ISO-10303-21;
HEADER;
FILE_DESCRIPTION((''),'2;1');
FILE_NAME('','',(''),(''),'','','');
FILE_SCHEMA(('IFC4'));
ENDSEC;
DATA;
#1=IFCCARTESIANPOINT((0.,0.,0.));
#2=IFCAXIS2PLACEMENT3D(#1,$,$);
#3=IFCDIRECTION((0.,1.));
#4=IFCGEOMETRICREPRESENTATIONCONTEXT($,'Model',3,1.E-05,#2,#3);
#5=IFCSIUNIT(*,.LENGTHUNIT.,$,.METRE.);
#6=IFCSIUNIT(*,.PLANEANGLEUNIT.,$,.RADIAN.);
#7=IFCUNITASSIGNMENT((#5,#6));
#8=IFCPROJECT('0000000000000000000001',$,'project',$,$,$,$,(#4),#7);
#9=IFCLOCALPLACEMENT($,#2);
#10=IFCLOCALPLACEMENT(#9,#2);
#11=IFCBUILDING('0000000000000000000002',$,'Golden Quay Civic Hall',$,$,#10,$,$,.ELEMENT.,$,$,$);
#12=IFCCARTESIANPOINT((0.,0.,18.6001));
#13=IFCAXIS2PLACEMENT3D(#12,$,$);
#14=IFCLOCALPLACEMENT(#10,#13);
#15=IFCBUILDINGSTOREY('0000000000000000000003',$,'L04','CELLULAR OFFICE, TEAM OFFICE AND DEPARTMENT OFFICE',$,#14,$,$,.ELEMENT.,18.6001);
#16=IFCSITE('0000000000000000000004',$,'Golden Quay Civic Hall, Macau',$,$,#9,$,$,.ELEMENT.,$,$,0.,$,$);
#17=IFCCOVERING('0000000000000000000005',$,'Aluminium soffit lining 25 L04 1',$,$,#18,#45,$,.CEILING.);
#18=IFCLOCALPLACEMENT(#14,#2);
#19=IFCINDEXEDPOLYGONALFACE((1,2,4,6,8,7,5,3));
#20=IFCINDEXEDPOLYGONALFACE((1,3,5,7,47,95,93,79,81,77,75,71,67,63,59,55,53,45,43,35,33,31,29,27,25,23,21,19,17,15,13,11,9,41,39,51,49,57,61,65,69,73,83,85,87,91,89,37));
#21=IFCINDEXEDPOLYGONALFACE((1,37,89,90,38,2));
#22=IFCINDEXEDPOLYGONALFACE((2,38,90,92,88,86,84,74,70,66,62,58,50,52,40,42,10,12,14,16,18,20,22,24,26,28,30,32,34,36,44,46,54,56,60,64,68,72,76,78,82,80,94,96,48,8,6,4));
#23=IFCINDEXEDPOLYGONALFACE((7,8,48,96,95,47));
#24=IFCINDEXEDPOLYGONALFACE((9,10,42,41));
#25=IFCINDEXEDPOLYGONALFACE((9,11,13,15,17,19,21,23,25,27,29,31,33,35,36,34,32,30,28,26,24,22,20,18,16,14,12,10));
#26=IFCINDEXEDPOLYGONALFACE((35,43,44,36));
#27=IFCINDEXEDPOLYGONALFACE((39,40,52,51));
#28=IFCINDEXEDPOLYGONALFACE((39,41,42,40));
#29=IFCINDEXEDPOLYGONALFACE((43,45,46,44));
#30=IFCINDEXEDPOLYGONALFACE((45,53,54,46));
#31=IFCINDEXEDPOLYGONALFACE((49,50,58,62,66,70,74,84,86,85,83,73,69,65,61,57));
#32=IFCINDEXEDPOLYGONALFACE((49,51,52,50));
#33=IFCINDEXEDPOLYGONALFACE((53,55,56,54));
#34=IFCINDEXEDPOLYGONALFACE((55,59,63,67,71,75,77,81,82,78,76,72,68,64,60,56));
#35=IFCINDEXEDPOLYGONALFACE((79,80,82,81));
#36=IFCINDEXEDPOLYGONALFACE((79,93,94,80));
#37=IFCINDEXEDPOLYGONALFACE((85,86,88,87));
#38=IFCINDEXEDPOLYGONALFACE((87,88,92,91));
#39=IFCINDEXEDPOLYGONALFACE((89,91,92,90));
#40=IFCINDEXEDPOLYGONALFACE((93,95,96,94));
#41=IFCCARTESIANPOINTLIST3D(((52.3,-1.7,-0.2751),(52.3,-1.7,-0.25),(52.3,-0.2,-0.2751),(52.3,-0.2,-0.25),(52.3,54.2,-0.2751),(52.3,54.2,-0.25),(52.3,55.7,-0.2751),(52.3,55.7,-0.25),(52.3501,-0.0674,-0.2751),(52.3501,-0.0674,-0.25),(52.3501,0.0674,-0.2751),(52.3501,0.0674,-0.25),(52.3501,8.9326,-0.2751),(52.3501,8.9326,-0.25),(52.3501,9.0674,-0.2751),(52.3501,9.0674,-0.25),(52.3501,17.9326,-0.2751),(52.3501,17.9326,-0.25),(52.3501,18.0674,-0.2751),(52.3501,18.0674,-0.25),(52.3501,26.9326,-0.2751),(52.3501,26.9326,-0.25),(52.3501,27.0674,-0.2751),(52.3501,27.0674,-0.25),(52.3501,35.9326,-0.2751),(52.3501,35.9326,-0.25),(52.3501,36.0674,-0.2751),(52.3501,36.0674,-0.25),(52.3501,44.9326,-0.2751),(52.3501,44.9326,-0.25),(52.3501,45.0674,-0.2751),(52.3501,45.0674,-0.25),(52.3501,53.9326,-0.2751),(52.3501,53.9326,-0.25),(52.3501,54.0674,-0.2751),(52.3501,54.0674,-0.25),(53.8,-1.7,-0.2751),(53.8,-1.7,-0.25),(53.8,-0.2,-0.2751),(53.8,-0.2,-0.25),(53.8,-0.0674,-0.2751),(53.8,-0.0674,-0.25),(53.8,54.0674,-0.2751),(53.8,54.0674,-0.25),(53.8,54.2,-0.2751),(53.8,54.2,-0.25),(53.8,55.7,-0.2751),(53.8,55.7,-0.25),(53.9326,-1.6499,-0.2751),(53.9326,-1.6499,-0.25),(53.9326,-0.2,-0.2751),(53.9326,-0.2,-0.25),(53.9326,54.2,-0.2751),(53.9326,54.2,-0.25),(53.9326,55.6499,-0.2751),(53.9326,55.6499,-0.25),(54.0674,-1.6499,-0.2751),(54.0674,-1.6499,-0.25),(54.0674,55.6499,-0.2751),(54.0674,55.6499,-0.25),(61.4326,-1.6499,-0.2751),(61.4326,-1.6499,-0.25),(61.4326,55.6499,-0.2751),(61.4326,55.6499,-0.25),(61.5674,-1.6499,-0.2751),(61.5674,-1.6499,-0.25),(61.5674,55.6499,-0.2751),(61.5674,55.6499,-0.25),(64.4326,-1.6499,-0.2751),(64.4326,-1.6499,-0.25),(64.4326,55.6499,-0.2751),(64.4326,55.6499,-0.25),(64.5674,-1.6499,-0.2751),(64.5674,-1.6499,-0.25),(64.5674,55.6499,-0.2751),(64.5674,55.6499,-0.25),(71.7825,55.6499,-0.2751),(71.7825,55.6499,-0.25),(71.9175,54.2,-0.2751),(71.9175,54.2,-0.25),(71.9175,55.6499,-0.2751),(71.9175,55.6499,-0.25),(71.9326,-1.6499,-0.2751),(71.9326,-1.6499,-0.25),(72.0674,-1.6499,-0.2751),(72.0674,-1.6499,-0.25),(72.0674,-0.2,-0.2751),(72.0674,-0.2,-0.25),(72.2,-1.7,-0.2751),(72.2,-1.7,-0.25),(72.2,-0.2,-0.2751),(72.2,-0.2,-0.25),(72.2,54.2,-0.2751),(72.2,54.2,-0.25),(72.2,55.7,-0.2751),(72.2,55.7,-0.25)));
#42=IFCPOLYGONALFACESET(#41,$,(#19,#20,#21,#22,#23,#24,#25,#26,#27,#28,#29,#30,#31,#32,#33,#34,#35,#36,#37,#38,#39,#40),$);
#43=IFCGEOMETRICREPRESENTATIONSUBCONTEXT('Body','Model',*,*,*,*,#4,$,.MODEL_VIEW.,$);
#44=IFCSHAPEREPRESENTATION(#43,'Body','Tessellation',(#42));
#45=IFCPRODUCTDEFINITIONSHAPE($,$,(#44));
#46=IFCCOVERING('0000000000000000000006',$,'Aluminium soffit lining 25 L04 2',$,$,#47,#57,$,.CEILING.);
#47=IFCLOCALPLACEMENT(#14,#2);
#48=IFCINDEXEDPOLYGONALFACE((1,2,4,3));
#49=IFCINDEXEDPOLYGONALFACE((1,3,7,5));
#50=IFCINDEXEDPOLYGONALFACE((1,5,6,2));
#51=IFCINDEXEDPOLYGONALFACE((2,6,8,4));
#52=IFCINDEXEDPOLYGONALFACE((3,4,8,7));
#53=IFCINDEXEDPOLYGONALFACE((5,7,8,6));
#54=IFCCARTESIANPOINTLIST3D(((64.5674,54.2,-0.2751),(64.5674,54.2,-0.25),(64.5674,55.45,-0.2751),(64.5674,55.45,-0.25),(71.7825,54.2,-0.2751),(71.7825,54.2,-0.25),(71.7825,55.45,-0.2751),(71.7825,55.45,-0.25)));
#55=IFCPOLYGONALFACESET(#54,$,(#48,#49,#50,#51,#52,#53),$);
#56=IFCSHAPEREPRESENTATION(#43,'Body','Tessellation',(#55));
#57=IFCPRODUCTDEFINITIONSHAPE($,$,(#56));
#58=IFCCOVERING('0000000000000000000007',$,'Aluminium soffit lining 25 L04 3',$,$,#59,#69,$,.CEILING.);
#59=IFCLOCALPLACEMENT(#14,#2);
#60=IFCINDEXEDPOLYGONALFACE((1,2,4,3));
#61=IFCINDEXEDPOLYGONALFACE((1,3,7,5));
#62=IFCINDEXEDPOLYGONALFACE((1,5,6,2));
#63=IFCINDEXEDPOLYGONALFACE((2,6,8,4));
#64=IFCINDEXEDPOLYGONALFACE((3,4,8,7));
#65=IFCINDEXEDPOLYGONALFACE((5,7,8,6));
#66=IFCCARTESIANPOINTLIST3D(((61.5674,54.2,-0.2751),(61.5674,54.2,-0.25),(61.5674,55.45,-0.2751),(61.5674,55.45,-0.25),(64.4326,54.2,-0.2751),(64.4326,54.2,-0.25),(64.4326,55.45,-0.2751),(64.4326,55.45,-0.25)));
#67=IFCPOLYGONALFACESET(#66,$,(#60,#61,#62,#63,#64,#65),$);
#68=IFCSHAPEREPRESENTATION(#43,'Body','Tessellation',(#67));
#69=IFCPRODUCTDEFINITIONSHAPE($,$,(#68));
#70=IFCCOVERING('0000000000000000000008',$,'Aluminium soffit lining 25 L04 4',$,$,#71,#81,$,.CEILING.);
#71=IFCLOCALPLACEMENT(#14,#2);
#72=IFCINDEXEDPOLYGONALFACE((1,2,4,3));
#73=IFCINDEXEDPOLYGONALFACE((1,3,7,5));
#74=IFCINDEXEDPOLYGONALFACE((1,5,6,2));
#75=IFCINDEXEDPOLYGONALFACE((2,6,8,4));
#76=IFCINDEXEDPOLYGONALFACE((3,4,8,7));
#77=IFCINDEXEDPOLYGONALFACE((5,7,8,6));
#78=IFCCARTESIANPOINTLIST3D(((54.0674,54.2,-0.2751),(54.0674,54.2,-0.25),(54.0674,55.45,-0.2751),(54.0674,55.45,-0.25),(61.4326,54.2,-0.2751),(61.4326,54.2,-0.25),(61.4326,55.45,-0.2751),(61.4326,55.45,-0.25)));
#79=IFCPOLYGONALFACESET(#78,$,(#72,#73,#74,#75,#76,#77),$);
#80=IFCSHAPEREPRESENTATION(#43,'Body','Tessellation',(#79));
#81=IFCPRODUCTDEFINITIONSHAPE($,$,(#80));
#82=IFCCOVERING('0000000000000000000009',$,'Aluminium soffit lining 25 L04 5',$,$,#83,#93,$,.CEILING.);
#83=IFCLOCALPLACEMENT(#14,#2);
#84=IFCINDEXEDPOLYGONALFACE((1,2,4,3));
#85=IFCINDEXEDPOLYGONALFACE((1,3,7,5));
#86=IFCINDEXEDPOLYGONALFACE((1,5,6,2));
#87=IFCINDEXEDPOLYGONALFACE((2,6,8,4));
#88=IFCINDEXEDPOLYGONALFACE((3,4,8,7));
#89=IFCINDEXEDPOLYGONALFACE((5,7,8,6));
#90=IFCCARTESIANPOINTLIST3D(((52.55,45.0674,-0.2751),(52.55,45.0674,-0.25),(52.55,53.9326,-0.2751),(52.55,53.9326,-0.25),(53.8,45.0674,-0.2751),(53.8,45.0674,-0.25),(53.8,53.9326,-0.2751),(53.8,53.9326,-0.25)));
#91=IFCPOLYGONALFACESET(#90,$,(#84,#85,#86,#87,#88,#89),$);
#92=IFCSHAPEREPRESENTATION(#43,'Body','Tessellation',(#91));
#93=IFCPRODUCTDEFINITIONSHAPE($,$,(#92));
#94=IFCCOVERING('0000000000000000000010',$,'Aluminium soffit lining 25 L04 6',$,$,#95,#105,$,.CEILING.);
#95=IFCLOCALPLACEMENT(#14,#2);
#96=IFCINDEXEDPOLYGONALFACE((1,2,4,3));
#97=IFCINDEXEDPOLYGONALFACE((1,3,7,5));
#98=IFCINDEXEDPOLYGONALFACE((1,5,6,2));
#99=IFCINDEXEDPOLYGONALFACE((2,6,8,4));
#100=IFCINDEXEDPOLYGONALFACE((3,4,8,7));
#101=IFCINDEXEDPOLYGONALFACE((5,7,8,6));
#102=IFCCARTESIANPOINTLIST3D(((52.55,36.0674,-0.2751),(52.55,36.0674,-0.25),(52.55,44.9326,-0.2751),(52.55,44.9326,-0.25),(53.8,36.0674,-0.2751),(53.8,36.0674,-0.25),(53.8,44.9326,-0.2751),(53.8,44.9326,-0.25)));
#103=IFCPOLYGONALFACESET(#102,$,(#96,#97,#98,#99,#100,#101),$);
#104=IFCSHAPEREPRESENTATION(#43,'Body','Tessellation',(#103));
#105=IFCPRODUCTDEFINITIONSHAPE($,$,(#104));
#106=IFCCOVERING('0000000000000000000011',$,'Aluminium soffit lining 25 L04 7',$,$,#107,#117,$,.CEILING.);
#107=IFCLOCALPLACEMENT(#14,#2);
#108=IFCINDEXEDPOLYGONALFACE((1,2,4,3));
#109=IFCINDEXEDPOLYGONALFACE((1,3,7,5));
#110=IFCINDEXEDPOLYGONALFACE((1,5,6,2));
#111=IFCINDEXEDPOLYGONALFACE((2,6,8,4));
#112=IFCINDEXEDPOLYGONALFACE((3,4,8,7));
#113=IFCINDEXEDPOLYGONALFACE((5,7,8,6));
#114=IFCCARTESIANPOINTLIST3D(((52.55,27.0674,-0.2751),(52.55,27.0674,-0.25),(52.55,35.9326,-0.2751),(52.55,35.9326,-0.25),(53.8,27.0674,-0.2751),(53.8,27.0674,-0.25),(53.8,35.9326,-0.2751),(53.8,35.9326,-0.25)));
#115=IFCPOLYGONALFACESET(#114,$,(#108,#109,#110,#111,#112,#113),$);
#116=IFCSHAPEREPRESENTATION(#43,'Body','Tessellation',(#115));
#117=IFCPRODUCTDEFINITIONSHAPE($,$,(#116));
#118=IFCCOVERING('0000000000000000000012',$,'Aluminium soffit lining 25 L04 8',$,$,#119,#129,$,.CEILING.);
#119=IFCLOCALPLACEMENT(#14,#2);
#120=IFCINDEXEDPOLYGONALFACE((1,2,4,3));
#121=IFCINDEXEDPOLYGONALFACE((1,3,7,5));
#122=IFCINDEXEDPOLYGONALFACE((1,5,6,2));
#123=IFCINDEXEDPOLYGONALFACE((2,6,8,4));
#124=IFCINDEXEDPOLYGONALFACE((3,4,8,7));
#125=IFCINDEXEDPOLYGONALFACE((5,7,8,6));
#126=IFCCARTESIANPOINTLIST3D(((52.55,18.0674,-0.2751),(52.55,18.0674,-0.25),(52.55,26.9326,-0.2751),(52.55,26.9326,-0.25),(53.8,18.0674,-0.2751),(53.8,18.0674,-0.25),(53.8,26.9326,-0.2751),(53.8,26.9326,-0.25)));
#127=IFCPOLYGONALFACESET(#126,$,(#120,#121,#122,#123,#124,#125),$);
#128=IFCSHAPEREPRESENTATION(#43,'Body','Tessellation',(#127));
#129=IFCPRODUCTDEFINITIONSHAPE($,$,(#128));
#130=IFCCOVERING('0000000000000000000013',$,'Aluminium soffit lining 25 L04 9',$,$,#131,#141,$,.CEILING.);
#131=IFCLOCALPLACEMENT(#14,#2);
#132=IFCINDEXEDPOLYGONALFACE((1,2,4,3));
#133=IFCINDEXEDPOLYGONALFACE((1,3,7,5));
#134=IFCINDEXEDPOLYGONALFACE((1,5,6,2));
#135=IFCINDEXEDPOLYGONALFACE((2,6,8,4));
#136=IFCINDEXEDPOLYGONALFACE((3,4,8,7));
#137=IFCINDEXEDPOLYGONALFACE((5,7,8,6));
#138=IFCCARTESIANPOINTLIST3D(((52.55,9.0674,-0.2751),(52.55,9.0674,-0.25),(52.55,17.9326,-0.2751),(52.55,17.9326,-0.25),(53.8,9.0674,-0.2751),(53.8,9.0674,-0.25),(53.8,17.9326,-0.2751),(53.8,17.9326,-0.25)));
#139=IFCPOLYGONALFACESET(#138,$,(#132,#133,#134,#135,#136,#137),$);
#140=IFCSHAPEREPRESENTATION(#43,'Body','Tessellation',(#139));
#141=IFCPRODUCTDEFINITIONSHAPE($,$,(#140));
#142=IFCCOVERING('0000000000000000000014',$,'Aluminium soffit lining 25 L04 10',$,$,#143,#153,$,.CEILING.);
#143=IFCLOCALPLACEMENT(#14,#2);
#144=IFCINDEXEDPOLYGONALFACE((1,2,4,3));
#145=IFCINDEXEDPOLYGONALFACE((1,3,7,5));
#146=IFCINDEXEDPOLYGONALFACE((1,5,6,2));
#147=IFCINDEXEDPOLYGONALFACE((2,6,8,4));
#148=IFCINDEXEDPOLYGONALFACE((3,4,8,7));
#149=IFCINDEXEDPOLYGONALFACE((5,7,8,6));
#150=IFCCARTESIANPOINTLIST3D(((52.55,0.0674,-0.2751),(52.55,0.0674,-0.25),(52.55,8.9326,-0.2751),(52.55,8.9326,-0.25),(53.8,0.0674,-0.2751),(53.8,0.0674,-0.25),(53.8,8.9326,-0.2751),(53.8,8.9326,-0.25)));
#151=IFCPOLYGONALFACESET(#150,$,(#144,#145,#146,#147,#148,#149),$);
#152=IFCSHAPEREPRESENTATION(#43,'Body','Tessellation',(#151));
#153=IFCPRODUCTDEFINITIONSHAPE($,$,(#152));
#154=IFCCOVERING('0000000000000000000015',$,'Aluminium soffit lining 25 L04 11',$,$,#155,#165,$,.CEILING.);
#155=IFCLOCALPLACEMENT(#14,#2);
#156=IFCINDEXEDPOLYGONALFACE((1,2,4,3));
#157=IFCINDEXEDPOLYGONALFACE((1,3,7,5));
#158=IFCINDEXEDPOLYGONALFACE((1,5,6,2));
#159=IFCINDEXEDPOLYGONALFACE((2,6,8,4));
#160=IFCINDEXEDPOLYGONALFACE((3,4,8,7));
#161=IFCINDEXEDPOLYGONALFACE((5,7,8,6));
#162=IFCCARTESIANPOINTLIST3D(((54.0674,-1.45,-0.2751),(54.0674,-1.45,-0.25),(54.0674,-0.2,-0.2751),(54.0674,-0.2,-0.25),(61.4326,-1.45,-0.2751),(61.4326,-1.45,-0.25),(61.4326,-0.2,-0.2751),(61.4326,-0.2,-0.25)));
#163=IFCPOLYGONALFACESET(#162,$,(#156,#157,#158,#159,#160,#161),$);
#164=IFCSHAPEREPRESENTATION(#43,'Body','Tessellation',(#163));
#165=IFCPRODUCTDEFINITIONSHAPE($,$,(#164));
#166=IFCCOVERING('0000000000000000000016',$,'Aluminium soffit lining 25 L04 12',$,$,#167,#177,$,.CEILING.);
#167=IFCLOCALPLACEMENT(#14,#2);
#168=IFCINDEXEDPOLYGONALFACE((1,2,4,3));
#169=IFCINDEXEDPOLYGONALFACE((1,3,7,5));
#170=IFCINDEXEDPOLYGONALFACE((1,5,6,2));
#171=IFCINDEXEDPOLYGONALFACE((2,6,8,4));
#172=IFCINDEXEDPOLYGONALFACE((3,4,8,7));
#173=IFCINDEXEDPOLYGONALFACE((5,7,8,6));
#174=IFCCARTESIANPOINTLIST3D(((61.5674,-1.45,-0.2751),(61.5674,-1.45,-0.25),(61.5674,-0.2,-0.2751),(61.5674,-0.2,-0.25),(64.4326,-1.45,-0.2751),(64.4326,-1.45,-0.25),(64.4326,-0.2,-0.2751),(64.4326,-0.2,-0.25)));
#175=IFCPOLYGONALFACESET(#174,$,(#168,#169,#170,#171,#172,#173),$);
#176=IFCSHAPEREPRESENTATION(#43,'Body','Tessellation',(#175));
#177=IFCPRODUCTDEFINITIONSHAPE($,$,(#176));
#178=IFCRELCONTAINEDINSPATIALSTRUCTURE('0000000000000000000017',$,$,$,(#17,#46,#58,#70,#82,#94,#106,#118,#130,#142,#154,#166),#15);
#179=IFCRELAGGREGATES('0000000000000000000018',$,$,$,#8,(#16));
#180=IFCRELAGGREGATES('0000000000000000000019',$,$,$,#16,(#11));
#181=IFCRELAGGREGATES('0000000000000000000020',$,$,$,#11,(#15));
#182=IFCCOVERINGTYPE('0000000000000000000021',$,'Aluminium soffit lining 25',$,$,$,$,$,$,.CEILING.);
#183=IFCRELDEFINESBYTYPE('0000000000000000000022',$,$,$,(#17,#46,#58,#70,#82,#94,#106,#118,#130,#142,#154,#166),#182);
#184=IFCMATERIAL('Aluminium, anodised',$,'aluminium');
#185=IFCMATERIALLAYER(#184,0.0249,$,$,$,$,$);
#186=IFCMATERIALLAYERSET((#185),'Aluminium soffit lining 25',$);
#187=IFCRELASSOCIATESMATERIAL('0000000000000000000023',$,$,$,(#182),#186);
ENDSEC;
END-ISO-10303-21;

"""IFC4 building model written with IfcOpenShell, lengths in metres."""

from ifc_helpers import new_model, si_unit, direction, frame, origin, place, context, subcontext, project, spatial, polyline, outline, extrude, material, layer, layer_set, type_object, element, save


model = new_model("IFC4")

# Units and contexts
model_context = context("Model", 3, precision=1e-05, world=origin(), true_north=direction((0.0, 1.0)))
body_context = subcontext(model_context, "Body", "Model", "MODEL_VIEW")
ifc_project = project(units=[si_unit("LENGTHUNIT", "METRE"), si_unit("PLANEANGLEUNIT", "RADIAN")], contexts=[model_context])

# Site, building, storey
site_placement = place(None, origin())
site = spatial("IfcSite", under=ifc_project, at=site_placement, Name="Golden Quay Civic Hall, Macau", CompositionType="ELEMENT", RefElevation=0.0)
building_placement = place(site_placement, origin())
building = spatial("IfcBuilding", under=site, at=building_placement, Name="Golden Quay Civic Hall", CompositionType="ELEMENT")
storey_placement = place(building_placement, frame((0.0, 0.0, 18.6001)))
storey = spatial("IfcBuildingStorey", under=building, at=storey_placement, Name="L04", Description="CELLULAR OFFICE, TEAM OFFICE AND DEPARTMENT OFFICE", CompositionType="ELEMENT", Elevation=18.6001)

# Coverings
ifc_material_1 = material(Name="Aluminium, anodised", Category="aluminium")
ifc_layer_1 = layer(ifc_material_1, 0.0249)
ifc_layer_set_1 = layer_set([ifc_layer_1], Name="Aluminium soffit lining 25")
covering_type_1 = type_object("IfcCoveringType", Name="Aluminium soffit lining 25", PredefinedType="CEILING", material=ifc_layer_set_1)
covering_1_placement = place(storey_placement, frame((0.0, 0.0, -0.2751)))
element("IfcCovering", 1, at=covering_1_placement, inside=storey, type_object=covering_type_1, Name="Aluminium soffit lining 25 L04 1", PredefinedType="CEILING", context=body_context, shape_type="SweptSolid", body=[
    extrude(outline(polyline([(53.8, -1.7), (52.3, -1.7), (52.3, -0.2), (52.3, 54.2), (52.3, 55.7), (53.8, 55.7), (72.2, 55.7), (72.2, 54.2), (71.9175, 54.2), (71.9175, 55.6499), (71.7825, 55.6499), (64.5674, 55.6499), (64.4326, 55.6499), (61.5674, 55.6499), (61.4326, 55.6499), (54.0674, 55.6499), (53.9326, 55.6499), (53.9326, 54.2), (53.8, 54.2), (53.8, 54.0674), (52.3501, 54.0674), (52.3501, 53.9326), (52.3501, 45.0674), (52.3501, 44.9326), (52.3501, 36.0674), (52.3501, 35.9326), (52.3501, 27.0674), (52.3501, 26.9326), (52.3501, 18.0674), (52.3501, 17.9326), (52.3501, 9.0674), (52.3501, 8.9326), (52.3501, 0.0674), (52.3501, -0.0674), (53.8, -0.0674), (53.8, -0.2), (53.9326, -0.2), (53.9326, -1.6499), (54.0674, -1.6499), (61.4326, -1.6499), (61.5674, -1.6499), (64.4326, -1.6499), (64.5674, -1.6499), (71.9326, -1.6499), (72.0674, -1.6499), (72.0674, -0.2), (72.2, -0.2), (72.2, -1.7), (53.8, -1.7)])), origin(), (0.0, 0.0, 1.0), 0.0251),
])
covering_2_placement = place(storey_placement, frame((0.0, 0.0, -0.2751)))
element("IfcCovering", 2, at=covering_2_placement, inside=storey, type_object=covering_type_1, Name="Aluminium soffit lining 25 L04 2", PredefinedType="CEILING", context=body_context, shape_type="SweptSolid", body=[
    extrude(outline(polyline([(64.5674, 54.2), (64.5674, 55.45), (71.7825, 55.45), (71.7825, 54.2), (64.5674, 54.2)])), origin(), (0.0, 0.0, 1.0), 0.0251),
])
covering_3_placement = place(storey_placement, frame((0.0, 0.0, -0.2751)))
element("IfcCovering", 3, at=covering_3_placement, inside=storey, type_object=covering_type_1, Name="Aluminium soffit lining 25 L04 3", PredefinedType="CEILING", context=body_context, shape_type="SweptSolid", body=[
    extrude(outline(polyline([(61.5674, 54.2), (61.5674, 55.45), (64.4326, 55.45), (64.4326, 54.2), (61.5674, 54.2)])), origin(), (0.0, 0.0, 1.0), 0.0251),
])
covering_4_placement = place(storey_placement, frame((0.0, 0.0, -0.2751)))
element("IfcCovering", 4, at=covering_4_placement, inside=storey, type_object=covering_type_1, Name="Aluminium soffit lining 25 L04 4", PredefinedType="CEILING", context=body_context, shape_type="SweptSolid", body=[
    extrude(outline(polyline([(54.0674, 54.2), (54.0674, 55.45), (61.4326, 55.45), (61.4326, 54.2), (54.0674, 54.2)])), origin(), (0.0, 0.0, 1.0), 0.0251),
])
covering_5_placement = place(storey_placement, frame((0.0, 0.0, -0.2751)))
element("IfcCovering", 5, at=covering_5_placement, inside=storey, type_object=covering_type_1, Name="Aluminium soffit lining 25 L04 5", PredefinedType="CEILING", context=body_context, shape_type="SweptSolid", body=[
    extrude(outline(polyline([(53.8, 45.0674), (52.55, 45.0674), (52.55, 53.9326), (53.8, 53.9326), (53.8, 45.0674)])), origin(), (0.0, 0.0, 1.0), 0.0251),
])
covering_6_placement = place(storey_placement, frame((0.0, 0.0, -0.2751)))
element("IfcCovering", 6, at=covering_6_placement, inside=storey, type_object=covering_type_1, Name="Aluminium soffit lining 25 L04 6", PredefinedType="CEILING", context=body_context, shape_type="SweptSolid", body=[
    extrude(outline(polyline([(53.8, 36.0674), (52.55, 36.0674), (52.55, 44.9326), (53.8, 44.9326), (53.8, 36.0674)])), origin(), (0.0, 0.0, 1.0), 0.0251),
])
covering_7_placement = place(storey_placement, frame((0.0, 0.0, -0.2751)))
element("IfcCovering", 7, at=covering_7_placement, inside=storey, type_object=covering_type_1, Name="Aluminium soffit lining 25 L04 7", PredefinedType="CEILING", context=body_context, shape_type="SweptSolid", body=[
    extrude(outline(polyline([(53.8, 27.0674), (52.55, 27.0674), (52.55, 35.9326), (53.8, 35.9326), (53.8, 27.0674)])), origin(), (0.0, 0.0, 1.0), 0.0251),
])
covering_8_placement = place(storey_placement, frame((0.0, 0.0, -0.2751)))
element("IfcCovering", 8, at=covering_8_placement, inside=storey, type_object=covering_type_1, Name="Aluminium soffit lining 25 L04 8", PredefinedType="CEILING", context=body_context, shape_type="SweptSolid", body=[
    extrude(outline(polyline([(53.8, 18.0674), (52.55, 18.0674), (52.55, 26.9326), (53.8, 26.9326), (53.8, 18.0674)])), origin(), (0.0, 0.0, 1.0), 0.0251),
])
covering_9_placement = place(storey_placement, frame((0.0, 0.0, -0.2751)))
element("IfcCovering", 9, at=covering_9_placement, inside=storey, type_object=covering_type_1, Name="Aluminium soffit lining 25 L04 9", PredefinedType="CEILING", context=body_context, shape_type="SweptSolid", body=[
    extrude(outline(polyline([(53.8, 9.0674), (52.55, 9.0674), (52.55, 17.9326), (53.8, 17.9326), (53.8, 9.0674)])), origin(), (0.0, 0.0, 1.0), 0.0251),
])
covering_10_placement = place(storey_placement, frame((0.0, 0.0, -0.2751)))
element("IfcCovering", 10, at=covering_10_placement, inside=storey, type_object=covering_type_1, Name="Aluminium soffit lining 25 L04 10", PredefinedType="CEILING", context=body_context, shape_type="SweptSolid", body=[
    extrude(outline(polyline([(53.8, 0.0674), (52.55, 0.0674), (52.55, 8.9326), (53.8, 8.9326), (53.8, 0.0674)])), origin(), (0.0, 0.0, 1.0), 0.0251),
])
covering_11_placement = place(storey_placement, frame((0.0, 0.0, -0.2751)))
element("IfcCovering", 11, at=covering_11_placement, inside=storey, type_object=covering_type_1, Name="Aluminium soffit lining 25 L04 11", PredefinedType="CEILING", context=body_context, shape_type="SweptSolid", body=[
    extrude(outline(polyline([(61.4326, -0.2), (61.4326, -1.45), (54.0674, -1.45), (54.0674, -0.2), (61.4326, -0.2)])), origin(), (0.0, 0.0, 1.0), 0.0251),
])
covering_12_placement = place(storey_placement, frame((0.0, 0.0, -0.2751)))
element("IfcCovering", 12, at=covering_12_placement, inside=storey, type_object=covering_type_1, Name="Aluminium soffit lining 25 L04 12", PredefinedType="CEILING", context=body_context, shape_type="SweptSolid", body=[
    extrude(outline(polyline([(64.4326, -0.2), (64.4326, -1.45), (61.5674, -1.45), (61.5674, -0.2), (64.4326, -0.2)])), origin(), (0.0, 0.0, 1.0), 0.0251),
])

save(model, "model.ifc")
